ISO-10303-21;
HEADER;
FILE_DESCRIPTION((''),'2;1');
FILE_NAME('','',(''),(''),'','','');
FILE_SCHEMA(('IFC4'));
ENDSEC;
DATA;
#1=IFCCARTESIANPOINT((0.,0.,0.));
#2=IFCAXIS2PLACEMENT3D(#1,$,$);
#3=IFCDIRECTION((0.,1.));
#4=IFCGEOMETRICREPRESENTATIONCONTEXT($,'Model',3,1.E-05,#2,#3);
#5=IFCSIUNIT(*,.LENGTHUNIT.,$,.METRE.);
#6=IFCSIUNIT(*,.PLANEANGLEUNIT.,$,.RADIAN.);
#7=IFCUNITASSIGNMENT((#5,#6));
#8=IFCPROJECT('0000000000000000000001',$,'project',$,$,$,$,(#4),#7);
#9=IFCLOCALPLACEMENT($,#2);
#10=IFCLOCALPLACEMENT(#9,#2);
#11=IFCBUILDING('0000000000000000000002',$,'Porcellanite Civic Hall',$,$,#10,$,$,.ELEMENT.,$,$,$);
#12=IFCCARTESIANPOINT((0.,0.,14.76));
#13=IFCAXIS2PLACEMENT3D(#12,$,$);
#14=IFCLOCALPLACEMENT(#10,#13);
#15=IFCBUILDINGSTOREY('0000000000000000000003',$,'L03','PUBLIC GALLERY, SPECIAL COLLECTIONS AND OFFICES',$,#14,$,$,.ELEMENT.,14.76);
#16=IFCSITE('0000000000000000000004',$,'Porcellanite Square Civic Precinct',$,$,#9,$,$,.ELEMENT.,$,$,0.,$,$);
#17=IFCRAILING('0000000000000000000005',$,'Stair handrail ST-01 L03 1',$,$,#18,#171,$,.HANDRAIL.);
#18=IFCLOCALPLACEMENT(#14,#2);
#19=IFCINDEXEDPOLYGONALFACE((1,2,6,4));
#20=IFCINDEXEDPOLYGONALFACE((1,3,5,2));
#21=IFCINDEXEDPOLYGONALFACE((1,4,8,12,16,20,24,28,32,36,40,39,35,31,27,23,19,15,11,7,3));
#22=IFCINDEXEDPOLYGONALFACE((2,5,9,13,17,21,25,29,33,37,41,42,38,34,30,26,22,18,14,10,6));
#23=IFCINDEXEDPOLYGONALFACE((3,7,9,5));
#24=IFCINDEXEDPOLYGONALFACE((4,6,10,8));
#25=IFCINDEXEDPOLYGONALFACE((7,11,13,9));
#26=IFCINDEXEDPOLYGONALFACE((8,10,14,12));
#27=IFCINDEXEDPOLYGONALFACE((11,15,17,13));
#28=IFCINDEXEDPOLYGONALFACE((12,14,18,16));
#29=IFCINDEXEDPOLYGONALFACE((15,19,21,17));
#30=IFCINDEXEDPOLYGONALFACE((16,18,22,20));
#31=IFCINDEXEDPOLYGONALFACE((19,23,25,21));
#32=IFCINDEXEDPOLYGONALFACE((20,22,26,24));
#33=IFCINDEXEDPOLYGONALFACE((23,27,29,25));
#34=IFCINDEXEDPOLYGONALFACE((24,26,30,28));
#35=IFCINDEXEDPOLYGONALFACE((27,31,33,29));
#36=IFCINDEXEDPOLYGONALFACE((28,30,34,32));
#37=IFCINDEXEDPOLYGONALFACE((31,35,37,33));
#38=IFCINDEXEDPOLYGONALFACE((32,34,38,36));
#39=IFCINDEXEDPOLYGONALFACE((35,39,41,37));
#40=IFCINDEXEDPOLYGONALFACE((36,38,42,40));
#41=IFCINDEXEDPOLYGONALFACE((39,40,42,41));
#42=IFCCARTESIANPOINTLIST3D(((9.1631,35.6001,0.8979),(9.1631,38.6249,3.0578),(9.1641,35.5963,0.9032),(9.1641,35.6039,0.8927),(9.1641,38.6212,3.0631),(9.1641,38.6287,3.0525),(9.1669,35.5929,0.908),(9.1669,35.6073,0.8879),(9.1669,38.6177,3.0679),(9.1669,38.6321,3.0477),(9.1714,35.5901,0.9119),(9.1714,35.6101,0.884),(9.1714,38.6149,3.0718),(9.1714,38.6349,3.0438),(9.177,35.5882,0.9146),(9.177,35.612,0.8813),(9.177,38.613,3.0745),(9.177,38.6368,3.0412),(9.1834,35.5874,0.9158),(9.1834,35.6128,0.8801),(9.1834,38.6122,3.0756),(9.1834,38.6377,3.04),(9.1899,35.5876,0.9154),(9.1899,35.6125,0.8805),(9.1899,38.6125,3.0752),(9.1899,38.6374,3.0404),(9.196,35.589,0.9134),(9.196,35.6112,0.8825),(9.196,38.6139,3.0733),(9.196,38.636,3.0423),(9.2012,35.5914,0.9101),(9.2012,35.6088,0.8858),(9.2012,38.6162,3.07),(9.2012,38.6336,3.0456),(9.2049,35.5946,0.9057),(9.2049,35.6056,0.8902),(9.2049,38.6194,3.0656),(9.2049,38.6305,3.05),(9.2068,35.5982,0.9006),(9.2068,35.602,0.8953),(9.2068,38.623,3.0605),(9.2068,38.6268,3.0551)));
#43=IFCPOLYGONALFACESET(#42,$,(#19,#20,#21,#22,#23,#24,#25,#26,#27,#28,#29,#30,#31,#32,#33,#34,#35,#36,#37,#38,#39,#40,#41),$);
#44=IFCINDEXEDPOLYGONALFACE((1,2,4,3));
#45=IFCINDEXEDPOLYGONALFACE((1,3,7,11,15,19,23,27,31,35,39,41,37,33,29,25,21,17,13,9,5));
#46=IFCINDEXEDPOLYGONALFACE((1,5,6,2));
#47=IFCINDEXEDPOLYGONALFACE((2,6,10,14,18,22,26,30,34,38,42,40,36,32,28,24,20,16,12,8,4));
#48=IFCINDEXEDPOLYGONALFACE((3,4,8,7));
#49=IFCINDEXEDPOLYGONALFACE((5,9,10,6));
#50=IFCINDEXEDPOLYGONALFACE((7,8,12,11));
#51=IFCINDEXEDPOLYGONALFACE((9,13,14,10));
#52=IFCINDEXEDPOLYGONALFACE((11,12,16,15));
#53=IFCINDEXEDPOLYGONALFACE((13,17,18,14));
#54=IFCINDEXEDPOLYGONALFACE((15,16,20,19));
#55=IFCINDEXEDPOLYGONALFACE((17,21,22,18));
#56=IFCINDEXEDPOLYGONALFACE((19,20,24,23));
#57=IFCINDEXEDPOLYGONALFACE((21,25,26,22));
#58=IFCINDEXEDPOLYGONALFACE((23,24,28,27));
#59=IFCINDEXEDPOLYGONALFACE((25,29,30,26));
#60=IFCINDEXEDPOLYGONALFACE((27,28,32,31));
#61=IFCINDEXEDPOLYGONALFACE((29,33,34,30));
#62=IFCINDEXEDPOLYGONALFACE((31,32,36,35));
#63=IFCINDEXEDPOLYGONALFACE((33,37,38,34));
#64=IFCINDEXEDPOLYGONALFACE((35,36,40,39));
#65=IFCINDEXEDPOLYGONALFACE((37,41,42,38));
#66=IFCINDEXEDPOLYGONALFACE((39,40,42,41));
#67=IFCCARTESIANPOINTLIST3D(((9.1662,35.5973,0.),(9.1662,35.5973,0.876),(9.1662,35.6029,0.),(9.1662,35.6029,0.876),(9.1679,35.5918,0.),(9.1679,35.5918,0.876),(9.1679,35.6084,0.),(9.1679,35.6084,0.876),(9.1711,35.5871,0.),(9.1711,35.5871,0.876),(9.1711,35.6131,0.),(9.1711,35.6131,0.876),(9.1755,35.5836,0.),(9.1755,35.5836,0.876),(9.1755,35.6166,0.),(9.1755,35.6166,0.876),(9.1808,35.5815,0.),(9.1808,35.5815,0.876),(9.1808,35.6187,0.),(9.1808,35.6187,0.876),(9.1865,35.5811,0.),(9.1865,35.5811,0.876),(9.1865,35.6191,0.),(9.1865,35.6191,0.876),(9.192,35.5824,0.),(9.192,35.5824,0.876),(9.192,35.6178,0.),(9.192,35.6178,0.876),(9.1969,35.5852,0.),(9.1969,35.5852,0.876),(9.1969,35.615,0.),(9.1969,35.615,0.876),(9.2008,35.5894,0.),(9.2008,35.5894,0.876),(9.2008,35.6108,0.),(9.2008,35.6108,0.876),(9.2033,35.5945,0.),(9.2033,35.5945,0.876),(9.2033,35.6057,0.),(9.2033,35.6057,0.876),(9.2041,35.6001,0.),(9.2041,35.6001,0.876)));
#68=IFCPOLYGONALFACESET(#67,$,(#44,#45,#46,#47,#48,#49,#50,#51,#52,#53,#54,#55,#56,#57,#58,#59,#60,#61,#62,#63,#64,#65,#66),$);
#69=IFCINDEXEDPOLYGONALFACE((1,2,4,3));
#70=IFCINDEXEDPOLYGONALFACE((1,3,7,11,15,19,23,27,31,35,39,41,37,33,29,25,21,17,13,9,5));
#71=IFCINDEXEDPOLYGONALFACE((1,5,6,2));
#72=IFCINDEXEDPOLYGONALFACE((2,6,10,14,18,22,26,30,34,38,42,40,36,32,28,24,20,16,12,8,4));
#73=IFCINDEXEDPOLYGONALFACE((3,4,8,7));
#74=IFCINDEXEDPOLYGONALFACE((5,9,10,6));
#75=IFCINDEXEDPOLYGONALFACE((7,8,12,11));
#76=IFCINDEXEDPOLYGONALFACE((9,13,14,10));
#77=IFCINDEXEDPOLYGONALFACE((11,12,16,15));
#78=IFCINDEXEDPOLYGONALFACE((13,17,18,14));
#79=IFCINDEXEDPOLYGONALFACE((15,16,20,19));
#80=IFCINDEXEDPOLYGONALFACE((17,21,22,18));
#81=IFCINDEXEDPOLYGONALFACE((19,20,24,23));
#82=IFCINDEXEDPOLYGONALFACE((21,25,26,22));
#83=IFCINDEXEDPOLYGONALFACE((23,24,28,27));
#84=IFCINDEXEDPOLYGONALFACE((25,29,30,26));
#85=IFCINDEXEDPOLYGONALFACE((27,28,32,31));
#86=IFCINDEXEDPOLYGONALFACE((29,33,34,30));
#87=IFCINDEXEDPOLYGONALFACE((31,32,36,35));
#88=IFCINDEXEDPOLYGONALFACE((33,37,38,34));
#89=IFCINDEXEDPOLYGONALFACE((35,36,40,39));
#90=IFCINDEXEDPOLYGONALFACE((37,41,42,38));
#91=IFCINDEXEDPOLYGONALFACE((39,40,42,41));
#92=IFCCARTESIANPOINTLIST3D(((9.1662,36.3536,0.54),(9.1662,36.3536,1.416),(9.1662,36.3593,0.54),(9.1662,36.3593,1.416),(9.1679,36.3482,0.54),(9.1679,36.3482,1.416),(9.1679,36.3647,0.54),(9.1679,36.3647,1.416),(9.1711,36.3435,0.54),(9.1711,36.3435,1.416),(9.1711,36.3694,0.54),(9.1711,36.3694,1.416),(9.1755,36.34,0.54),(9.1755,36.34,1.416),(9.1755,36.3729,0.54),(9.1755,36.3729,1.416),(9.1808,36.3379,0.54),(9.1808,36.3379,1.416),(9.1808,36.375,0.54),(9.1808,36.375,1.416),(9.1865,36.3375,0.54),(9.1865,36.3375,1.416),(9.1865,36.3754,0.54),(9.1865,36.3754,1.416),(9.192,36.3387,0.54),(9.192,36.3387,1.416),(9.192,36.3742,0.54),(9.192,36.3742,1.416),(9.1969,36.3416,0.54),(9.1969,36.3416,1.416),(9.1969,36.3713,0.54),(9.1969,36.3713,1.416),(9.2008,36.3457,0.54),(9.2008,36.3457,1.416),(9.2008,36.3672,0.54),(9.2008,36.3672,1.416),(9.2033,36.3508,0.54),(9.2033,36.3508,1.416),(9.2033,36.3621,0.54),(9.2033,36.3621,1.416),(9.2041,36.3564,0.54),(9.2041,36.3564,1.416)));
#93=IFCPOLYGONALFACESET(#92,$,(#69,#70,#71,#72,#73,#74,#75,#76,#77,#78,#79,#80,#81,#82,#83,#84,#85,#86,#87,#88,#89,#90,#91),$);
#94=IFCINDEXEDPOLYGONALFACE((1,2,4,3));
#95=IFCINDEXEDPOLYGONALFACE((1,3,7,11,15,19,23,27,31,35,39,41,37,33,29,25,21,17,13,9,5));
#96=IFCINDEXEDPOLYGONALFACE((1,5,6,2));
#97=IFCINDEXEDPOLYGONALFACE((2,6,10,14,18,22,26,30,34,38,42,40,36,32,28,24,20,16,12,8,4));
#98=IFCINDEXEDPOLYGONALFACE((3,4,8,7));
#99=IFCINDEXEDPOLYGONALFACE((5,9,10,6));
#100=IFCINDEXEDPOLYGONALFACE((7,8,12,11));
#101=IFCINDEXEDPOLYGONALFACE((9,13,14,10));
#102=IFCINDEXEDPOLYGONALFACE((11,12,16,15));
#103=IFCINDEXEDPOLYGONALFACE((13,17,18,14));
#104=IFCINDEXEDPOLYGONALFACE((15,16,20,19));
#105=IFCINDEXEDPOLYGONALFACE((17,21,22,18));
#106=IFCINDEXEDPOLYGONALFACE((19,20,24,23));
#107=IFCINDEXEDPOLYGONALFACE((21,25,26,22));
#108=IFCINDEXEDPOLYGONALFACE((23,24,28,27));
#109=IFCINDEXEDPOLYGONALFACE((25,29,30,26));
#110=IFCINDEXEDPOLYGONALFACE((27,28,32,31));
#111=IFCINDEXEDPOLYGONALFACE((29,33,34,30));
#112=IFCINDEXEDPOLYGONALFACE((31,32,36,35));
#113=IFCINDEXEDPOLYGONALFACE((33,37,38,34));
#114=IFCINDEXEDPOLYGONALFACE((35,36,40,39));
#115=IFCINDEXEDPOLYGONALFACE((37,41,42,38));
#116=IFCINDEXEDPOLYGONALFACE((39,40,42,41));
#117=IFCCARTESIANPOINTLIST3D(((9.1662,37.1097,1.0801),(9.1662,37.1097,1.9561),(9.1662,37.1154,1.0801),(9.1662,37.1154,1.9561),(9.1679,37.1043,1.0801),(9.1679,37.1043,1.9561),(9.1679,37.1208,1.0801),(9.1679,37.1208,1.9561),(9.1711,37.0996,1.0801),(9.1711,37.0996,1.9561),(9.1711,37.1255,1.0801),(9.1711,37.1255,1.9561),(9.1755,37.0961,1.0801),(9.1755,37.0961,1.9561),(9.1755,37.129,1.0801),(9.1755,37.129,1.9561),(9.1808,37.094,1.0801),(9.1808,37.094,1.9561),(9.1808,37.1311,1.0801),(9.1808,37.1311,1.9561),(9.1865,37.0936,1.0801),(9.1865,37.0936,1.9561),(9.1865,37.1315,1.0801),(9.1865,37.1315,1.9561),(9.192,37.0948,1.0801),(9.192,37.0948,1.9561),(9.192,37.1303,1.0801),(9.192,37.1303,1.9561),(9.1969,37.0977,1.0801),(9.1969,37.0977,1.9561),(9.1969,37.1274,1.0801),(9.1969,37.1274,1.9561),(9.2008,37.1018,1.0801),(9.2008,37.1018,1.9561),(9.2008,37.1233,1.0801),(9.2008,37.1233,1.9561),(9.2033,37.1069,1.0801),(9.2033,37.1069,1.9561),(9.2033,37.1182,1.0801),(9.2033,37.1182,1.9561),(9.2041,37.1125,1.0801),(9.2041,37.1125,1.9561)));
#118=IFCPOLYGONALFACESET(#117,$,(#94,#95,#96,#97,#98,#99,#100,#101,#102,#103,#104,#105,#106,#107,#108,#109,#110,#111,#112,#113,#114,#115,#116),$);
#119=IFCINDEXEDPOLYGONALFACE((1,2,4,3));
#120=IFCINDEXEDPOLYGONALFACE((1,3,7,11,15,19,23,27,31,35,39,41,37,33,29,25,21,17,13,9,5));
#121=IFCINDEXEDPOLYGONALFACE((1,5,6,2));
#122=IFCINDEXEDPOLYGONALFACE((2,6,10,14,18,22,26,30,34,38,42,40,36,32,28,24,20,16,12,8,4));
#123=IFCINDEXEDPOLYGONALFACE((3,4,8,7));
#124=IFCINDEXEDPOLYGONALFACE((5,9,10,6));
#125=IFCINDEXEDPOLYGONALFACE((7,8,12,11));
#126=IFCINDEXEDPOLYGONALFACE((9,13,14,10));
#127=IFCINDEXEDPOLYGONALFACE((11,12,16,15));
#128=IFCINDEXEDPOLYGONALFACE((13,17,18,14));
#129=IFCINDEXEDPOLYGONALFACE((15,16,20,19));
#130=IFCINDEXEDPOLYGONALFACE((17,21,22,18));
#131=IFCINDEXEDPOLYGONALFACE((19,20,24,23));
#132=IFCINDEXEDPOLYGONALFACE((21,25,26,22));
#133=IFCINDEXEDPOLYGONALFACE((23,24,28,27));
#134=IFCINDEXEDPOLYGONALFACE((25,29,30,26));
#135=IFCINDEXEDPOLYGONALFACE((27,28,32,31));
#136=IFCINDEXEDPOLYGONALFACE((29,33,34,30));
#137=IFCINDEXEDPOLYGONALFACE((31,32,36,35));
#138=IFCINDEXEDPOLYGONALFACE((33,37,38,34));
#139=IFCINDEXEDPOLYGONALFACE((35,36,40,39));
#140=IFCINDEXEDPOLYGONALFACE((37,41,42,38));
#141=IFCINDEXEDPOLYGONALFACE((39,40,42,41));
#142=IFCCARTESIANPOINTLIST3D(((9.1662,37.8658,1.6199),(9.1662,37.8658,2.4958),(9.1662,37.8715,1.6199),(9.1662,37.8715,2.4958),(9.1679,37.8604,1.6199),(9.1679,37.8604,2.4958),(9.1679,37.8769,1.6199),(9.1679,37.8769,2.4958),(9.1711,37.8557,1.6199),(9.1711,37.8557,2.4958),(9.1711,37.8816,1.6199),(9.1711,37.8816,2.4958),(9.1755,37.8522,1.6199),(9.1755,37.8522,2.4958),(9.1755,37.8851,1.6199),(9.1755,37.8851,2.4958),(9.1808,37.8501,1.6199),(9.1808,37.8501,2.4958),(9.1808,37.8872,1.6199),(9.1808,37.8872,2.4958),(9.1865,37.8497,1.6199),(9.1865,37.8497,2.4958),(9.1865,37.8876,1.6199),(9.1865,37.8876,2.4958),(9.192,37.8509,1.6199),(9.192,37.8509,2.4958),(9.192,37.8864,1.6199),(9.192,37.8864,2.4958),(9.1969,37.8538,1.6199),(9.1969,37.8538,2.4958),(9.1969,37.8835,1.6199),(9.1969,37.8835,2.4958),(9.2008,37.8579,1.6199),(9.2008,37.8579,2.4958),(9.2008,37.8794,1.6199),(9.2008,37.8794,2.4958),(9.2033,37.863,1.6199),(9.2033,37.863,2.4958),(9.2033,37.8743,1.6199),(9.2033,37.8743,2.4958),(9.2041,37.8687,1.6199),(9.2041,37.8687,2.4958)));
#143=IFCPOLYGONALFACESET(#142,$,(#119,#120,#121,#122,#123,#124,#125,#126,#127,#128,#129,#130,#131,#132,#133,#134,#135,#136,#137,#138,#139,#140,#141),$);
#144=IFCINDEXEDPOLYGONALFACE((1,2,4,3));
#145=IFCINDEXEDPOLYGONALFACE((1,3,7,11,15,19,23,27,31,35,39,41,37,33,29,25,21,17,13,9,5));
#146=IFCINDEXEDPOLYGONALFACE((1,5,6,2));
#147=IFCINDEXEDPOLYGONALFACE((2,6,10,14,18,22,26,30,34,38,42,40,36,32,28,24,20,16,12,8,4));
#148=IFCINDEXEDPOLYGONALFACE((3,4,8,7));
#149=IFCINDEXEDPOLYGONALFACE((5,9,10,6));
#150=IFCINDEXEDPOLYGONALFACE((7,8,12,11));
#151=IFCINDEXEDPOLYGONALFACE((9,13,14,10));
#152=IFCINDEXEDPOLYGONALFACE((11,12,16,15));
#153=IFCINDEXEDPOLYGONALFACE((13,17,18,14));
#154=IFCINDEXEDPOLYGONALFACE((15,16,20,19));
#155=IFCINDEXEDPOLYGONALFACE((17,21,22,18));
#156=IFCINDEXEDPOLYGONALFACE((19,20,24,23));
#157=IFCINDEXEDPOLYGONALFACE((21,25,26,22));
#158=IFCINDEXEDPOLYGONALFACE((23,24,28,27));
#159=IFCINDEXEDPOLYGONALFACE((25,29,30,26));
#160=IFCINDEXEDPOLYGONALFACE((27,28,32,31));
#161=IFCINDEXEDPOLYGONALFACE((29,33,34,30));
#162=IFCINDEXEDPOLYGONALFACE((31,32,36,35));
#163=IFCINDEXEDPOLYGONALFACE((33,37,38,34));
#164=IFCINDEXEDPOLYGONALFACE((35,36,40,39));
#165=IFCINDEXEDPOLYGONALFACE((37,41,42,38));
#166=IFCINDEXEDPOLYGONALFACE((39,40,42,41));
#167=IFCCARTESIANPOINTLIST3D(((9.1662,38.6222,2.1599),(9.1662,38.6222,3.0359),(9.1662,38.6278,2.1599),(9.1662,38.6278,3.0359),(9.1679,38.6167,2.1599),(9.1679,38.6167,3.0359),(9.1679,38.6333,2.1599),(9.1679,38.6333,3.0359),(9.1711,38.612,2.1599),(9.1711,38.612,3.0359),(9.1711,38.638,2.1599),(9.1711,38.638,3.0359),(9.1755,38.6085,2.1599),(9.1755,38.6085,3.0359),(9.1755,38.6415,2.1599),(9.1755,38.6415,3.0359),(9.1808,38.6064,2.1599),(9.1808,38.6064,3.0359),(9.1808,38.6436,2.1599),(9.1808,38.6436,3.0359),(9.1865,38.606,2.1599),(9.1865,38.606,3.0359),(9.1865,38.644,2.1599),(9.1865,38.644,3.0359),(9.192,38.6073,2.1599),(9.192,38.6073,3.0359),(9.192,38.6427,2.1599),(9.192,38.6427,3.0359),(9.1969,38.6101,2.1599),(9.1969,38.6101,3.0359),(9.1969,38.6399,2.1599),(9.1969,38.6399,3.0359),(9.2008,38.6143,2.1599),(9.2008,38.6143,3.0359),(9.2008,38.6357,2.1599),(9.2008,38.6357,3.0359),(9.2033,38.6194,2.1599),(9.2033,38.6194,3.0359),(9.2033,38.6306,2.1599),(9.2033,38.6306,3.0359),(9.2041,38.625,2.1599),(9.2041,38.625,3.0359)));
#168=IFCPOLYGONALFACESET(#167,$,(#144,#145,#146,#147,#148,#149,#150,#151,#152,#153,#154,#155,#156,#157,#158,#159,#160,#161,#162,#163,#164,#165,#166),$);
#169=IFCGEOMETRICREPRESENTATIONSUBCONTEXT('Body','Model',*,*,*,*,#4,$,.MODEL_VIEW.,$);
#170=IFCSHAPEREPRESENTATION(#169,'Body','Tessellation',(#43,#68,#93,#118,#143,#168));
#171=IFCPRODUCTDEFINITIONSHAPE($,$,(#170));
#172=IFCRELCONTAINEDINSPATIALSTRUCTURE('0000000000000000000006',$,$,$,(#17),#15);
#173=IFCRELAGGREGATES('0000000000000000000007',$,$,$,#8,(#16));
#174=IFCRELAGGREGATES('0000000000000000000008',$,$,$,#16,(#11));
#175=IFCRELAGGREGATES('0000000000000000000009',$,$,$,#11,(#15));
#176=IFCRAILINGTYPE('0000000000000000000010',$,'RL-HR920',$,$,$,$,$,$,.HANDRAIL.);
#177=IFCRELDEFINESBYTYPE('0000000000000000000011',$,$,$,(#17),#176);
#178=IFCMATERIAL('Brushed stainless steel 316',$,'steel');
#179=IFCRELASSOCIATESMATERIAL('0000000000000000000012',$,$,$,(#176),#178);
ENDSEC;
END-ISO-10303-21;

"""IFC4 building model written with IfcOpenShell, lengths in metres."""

from ifc_helpers import new_model, si_unit, direction, frame, origin, origin_2d, place, context, subcontext, project, spatial, circle, extrude, material, type_object, element, save


model = new_model("IFC4")

# Units and contexts
model_context = context("Model", 3, precision=1e-05, world=origin(), true_north=direction((0.0, 1.0)))
body_context = subcontext(model_context, "Body", "Model", "MODEL_VIEW")
ifc_project = project(units=[si_unit("LENGTHUNIT", "METRE"), si_unit("PLANEANGLEUNIT", "RADIAN")], contexts=[model_context])

# Site, building, storey
site_placement = place(None, origin())
site = spatial("IfcSite", under=ifc_project, at=site_placement, Name="Porcellanite Square Civic Precinct", CompositionType="ELEMENT", RefElevation=0.0)
building_placement = place(site_placement, origin())
building = spatial("IfcBuilding", under=site, at=building_placement, Name="Porcellanite Civic Hall", CompositionType="ELEMENT")
storey_placement = place(building_placement, frame((0.0, 0.0, 14.76)))
storey = spatial("IfcBuildingStorey", under=building, at=storey_placement, Name="L03", Description="PUBLIC GALLERY, SPECIAL COLLECTIONS AND OFFICES", CompositionType="ELEMENT", Elevation=14.76)

# Railing
ifc_material_1 = material(Name="Brushed stainless steel 316", Category="steel")
railing_type_1 = type_object("IfcRailingType", Name="RL-HR920", PredefinedType="HANDRAIL", material=ifc_material_1)
railing_1_placement = place(storey_placement, frame((9.1851, 35.6001, 0.0)))
element("IfcRailing", 1, at=railing_1_placement, inside=storey, type_object=railing_type_1, Name="Stair handrail ST-01 L03 1", PredefinedType="HANDRAIL", context=body_context, shape_type="SweptSolid", body=[
    extrude(circle(Radius=0.022, at=origin_2d()), frame((0.0, 0.0, 0.8979), z_axis=(0.0, 0.813827, 0.581108), x_axis=(-1.0, 0.0, 0.0)), (0.0, 0.0, 1.0), 3.7168),
    extrude(circle(Radius=0.019, at=origin_2d()), origin(), (0.0, 0.0, 1.0), 0.876),
    extrude(circle(Radius=0.019, at=origin_2d()), frame((0.0, 0.7563, 0.54)), (0.0, 0.0, 1.0), 0.876),
    extrude(circle(Radius=0.019, at=origin_2d()), frame((0.0, 1.5125, 1.0801)), (0.0, 0.0, 1.0), 0.876),
    extrude(circle(Radius=0.019, at=origin_2d()), frame((0.0, 2.2686, 1.6199)), (0.0, 0.0, 1.0), 0.876),
    extrude(circle(Radius=0.019, at=origin_2d()), frame((0.0, 3.0249, 2.1599)), (0.0, 0.0, 1.0), 0.876),
])

save(model, "model.ifc")
